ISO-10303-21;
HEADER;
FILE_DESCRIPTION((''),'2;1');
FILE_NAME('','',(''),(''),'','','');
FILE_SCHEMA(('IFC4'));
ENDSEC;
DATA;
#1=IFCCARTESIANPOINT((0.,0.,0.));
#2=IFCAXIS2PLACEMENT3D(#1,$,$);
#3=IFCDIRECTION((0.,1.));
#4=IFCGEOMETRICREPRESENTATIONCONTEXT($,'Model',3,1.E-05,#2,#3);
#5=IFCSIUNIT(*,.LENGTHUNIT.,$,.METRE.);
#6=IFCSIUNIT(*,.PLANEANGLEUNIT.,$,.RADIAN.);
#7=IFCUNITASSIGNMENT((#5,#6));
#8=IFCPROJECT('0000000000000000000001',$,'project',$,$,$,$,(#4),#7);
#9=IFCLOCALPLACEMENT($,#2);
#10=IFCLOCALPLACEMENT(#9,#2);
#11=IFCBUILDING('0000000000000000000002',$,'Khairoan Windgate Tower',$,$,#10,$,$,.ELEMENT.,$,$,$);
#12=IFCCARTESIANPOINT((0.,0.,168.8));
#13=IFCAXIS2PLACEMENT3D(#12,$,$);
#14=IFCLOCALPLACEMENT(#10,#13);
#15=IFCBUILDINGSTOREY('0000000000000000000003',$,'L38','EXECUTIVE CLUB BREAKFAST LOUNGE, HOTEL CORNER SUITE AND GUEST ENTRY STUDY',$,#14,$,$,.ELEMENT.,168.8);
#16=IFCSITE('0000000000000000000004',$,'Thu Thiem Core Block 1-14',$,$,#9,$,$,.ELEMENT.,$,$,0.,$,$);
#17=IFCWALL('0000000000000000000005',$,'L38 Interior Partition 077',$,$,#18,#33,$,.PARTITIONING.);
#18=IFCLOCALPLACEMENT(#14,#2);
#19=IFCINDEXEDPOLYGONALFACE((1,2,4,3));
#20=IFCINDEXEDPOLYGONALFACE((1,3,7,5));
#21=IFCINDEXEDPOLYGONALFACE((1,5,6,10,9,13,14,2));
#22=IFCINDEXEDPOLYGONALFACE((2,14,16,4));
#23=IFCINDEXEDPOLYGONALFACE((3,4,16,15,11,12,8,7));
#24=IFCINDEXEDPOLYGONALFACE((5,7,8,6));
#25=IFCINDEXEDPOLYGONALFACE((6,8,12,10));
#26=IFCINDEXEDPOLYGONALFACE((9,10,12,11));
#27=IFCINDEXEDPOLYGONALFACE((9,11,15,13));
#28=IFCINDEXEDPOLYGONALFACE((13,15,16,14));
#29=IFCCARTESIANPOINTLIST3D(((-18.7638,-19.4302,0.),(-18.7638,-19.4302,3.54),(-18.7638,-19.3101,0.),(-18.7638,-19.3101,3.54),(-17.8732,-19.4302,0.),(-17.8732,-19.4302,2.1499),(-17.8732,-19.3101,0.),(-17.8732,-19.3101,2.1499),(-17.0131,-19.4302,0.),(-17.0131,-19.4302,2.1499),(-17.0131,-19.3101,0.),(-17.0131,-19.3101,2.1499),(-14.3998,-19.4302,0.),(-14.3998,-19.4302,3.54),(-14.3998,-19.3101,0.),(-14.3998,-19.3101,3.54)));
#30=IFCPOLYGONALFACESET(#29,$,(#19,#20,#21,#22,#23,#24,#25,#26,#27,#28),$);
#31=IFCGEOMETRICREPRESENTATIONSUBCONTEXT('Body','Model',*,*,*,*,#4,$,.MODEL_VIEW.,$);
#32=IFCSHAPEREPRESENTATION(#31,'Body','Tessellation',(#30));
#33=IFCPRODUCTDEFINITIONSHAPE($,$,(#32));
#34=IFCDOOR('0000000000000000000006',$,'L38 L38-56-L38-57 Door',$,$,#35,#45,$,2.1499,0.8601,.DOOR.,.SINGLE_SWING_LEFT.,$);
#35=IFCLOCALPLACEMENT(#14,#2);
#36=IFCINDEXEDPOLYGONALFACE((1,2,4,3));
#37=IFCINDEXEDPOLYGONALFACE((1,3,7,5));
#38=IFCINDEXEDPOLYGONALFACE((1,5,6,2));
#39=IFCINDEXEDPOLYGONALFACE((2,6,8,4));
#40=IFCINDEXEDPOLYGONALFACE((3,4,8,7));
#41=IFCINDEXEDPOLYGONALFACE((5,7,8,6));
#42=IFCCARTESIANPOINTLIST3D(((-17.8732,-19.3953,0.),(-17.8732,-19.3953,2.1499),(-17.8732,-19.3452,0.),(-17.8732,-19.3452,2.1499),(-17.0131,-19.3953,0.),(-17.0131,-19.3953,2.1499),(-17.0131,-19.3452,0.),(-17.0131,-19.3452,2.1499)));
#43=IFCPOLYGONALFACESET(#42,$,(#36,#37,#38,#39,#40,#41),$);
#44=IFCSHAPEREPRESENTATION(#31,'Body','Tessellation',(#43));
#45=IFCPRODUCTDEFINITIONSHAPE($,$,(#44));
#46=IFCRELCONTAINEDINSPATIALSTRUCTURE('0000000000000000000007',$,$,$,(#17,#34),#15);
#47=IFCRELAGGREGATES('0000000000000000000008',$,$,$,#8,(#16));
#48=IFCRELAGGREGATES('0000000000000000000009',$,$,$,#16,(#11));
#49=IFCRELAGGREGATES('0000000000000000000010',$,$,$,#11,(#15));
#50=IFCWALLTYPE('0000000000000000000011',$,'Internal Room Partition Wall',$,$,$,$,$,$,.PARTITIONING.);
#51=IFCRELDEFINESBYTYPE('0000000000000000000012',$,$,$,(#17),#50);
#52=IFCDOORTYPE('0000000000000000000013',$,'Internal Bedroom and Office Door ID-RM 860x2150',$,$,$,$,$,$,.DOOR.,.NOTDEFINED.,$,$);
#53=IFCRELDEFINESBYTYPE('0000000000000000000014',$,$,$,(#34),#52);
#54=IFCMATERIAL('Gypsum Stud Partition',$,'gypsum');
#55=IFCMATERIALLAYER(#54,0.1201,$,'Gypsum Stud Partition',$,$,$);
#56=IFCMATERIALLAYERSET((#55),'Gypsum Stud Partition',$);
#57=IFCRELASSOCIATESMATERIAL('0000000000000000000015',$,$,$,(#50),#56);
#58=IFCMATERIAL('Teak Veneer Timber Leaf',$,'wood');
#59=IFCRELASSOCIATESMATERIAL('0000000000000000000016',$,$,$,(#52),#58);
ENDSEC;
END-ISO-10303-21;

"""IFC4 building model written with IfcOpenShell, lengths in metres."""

from ifc_helpers import new_model, si_unit, direction, frame, frame_2d, origin, place, context, subcontext, project, spatial, rectangle, extrude, material, layer, layer_set, type_object, element, fill, save


model = new_model("IFC4")

# Units and contexts
model_context = context("Model", 3, precision=1e-05, world=origin(), true_north=direction((0.0, 1.0)))
body_context = subcontext(model_context, "Body", "Model", "MODEL_VIEW")
ifc_project = project(units=[si_unit("LENGTHUNIT", "METRE"), si_unit("PLANEANGLEUNIT", "RADIAN")], contexts=[model_context])

# Site, building, storey
site_placement = place(None, origin())
site = spatial("IfcSite", under=ifc_project, at=site_placement, Name="Thu Thiem Core Block 1-14", CompositionType="ELEMENT", RefElevation=0.0)
building_placement = place(site_placement, origin())
building = spatial("IfcBuilding", under=site, at=building_placement, Name="Khairoan Windgate Tower", CompositionType="ELEMENT")
storey_placement = place(building_placement, frame((0.0, 0.0, 168.8)))
storey = spatial("IfcBuildingStorey", under=building, at=storey_placement, Name="L38", Description="EXECUTIVE CLUB BREAKFAST LOUNGE, HOTEL CORNER SUITE AND GUEST ENTRY STUDY", CompositionType="ELEMENT", Elevation=168.8)

# Wall, opening, door
ifc_material_1 = material(Name="Gypsum Stud Partition", Category="gypsum")
ifc_layer_1 = layer(ifc_material_1, 0.1201, Name="Gypsum Stud Partition")
ifc_layer_set_1 = layer_set([ifc_layer_1], Name="Gypsum Stud Partition")
wall_type_1 = type_object("IfcWallType", Name="Internal Room Partition Wall", PredefinedType="PARTITIONING", material=ifc_layer_set_1)
wall_1_placement = place(storey_placement, frame((-18.7639, -19.3701, 0.0), z_axis=(0.0, 0.0, 1.0), x_axis=(1.0, 0.0, 0.0)))
wall_1 = element("IfcWall", 1, at=wall_1_placement, inside=storey, type_object=wall_type_1, Name="L38 Interior Partition 077", PredefinedType="PARTITIONING", context=body_context, shape_type="SweptSolid", body=[
    extrude(rectangle(XDim=4.364, YDim=0.1201, at=frame_2d((2.1821, 0.0))), origin(), (0.0, 0.0, 1.0), 3.54),
])
opening_1_placement = place(wall_1_placement, frame((0.8906, 0.0, 0.0)))
opening_1 = element("IfcOpeningElement", 2, at=opening_1_placement, cuts=wall_1, PredefinedType="OPENING", context=body_context, shape_type="SweptSolid", body=[
    extrude(rectangle(XDim=0.8601, YDim=2.1499, at=frame_2d((0.4302, 1.075))), frame((0.0, 0.0701, 0.0), z_axis=(0.0, -1.0, 0.0), x_axis=(1.0, 0.0, 0.0)), (0.0, 0.0, 1.0), 0.1401),
])
ifc_material_2 = material(Name="Teak Veneer Timber Leaf", Category="wood")
door_type_1 = type_object("IfcDoorType", Name="Internal Bedroom and Office Door ID-RM 860x2150", OperationType="NOTDEFINED", PredefinedType="DOOR", material=ifc_material_2)
door_1_placement = place(opening_1_placement, origin())
door_1 = element("IfcDoor", 3, at=door_1_placement, inside=storey, type_object=door_type_1, Name="L38 L38-56-L38-57 Door", OperationType="SINGLE_SWING_LEFT", OverallHeight=2.1499, OverallWidth=0.8601, PredefinedType="DOOR", context=body_context, shape_type="SweptSolid", body=[
    extrude(rectangle(XDim=0.8601, YDim=2.1499, at=frame_2d((0.4302, 1.075))), frame((0.0, 0.0249, 0.0), z_axis=(0.0, -1.0, 0.0), x_axis=(1.0, 0.0, 0.0)), (0.0, 0.0, 1.0), 0.05),
])
fill(opening_1, door_1)

save(model, "model.ifc")
